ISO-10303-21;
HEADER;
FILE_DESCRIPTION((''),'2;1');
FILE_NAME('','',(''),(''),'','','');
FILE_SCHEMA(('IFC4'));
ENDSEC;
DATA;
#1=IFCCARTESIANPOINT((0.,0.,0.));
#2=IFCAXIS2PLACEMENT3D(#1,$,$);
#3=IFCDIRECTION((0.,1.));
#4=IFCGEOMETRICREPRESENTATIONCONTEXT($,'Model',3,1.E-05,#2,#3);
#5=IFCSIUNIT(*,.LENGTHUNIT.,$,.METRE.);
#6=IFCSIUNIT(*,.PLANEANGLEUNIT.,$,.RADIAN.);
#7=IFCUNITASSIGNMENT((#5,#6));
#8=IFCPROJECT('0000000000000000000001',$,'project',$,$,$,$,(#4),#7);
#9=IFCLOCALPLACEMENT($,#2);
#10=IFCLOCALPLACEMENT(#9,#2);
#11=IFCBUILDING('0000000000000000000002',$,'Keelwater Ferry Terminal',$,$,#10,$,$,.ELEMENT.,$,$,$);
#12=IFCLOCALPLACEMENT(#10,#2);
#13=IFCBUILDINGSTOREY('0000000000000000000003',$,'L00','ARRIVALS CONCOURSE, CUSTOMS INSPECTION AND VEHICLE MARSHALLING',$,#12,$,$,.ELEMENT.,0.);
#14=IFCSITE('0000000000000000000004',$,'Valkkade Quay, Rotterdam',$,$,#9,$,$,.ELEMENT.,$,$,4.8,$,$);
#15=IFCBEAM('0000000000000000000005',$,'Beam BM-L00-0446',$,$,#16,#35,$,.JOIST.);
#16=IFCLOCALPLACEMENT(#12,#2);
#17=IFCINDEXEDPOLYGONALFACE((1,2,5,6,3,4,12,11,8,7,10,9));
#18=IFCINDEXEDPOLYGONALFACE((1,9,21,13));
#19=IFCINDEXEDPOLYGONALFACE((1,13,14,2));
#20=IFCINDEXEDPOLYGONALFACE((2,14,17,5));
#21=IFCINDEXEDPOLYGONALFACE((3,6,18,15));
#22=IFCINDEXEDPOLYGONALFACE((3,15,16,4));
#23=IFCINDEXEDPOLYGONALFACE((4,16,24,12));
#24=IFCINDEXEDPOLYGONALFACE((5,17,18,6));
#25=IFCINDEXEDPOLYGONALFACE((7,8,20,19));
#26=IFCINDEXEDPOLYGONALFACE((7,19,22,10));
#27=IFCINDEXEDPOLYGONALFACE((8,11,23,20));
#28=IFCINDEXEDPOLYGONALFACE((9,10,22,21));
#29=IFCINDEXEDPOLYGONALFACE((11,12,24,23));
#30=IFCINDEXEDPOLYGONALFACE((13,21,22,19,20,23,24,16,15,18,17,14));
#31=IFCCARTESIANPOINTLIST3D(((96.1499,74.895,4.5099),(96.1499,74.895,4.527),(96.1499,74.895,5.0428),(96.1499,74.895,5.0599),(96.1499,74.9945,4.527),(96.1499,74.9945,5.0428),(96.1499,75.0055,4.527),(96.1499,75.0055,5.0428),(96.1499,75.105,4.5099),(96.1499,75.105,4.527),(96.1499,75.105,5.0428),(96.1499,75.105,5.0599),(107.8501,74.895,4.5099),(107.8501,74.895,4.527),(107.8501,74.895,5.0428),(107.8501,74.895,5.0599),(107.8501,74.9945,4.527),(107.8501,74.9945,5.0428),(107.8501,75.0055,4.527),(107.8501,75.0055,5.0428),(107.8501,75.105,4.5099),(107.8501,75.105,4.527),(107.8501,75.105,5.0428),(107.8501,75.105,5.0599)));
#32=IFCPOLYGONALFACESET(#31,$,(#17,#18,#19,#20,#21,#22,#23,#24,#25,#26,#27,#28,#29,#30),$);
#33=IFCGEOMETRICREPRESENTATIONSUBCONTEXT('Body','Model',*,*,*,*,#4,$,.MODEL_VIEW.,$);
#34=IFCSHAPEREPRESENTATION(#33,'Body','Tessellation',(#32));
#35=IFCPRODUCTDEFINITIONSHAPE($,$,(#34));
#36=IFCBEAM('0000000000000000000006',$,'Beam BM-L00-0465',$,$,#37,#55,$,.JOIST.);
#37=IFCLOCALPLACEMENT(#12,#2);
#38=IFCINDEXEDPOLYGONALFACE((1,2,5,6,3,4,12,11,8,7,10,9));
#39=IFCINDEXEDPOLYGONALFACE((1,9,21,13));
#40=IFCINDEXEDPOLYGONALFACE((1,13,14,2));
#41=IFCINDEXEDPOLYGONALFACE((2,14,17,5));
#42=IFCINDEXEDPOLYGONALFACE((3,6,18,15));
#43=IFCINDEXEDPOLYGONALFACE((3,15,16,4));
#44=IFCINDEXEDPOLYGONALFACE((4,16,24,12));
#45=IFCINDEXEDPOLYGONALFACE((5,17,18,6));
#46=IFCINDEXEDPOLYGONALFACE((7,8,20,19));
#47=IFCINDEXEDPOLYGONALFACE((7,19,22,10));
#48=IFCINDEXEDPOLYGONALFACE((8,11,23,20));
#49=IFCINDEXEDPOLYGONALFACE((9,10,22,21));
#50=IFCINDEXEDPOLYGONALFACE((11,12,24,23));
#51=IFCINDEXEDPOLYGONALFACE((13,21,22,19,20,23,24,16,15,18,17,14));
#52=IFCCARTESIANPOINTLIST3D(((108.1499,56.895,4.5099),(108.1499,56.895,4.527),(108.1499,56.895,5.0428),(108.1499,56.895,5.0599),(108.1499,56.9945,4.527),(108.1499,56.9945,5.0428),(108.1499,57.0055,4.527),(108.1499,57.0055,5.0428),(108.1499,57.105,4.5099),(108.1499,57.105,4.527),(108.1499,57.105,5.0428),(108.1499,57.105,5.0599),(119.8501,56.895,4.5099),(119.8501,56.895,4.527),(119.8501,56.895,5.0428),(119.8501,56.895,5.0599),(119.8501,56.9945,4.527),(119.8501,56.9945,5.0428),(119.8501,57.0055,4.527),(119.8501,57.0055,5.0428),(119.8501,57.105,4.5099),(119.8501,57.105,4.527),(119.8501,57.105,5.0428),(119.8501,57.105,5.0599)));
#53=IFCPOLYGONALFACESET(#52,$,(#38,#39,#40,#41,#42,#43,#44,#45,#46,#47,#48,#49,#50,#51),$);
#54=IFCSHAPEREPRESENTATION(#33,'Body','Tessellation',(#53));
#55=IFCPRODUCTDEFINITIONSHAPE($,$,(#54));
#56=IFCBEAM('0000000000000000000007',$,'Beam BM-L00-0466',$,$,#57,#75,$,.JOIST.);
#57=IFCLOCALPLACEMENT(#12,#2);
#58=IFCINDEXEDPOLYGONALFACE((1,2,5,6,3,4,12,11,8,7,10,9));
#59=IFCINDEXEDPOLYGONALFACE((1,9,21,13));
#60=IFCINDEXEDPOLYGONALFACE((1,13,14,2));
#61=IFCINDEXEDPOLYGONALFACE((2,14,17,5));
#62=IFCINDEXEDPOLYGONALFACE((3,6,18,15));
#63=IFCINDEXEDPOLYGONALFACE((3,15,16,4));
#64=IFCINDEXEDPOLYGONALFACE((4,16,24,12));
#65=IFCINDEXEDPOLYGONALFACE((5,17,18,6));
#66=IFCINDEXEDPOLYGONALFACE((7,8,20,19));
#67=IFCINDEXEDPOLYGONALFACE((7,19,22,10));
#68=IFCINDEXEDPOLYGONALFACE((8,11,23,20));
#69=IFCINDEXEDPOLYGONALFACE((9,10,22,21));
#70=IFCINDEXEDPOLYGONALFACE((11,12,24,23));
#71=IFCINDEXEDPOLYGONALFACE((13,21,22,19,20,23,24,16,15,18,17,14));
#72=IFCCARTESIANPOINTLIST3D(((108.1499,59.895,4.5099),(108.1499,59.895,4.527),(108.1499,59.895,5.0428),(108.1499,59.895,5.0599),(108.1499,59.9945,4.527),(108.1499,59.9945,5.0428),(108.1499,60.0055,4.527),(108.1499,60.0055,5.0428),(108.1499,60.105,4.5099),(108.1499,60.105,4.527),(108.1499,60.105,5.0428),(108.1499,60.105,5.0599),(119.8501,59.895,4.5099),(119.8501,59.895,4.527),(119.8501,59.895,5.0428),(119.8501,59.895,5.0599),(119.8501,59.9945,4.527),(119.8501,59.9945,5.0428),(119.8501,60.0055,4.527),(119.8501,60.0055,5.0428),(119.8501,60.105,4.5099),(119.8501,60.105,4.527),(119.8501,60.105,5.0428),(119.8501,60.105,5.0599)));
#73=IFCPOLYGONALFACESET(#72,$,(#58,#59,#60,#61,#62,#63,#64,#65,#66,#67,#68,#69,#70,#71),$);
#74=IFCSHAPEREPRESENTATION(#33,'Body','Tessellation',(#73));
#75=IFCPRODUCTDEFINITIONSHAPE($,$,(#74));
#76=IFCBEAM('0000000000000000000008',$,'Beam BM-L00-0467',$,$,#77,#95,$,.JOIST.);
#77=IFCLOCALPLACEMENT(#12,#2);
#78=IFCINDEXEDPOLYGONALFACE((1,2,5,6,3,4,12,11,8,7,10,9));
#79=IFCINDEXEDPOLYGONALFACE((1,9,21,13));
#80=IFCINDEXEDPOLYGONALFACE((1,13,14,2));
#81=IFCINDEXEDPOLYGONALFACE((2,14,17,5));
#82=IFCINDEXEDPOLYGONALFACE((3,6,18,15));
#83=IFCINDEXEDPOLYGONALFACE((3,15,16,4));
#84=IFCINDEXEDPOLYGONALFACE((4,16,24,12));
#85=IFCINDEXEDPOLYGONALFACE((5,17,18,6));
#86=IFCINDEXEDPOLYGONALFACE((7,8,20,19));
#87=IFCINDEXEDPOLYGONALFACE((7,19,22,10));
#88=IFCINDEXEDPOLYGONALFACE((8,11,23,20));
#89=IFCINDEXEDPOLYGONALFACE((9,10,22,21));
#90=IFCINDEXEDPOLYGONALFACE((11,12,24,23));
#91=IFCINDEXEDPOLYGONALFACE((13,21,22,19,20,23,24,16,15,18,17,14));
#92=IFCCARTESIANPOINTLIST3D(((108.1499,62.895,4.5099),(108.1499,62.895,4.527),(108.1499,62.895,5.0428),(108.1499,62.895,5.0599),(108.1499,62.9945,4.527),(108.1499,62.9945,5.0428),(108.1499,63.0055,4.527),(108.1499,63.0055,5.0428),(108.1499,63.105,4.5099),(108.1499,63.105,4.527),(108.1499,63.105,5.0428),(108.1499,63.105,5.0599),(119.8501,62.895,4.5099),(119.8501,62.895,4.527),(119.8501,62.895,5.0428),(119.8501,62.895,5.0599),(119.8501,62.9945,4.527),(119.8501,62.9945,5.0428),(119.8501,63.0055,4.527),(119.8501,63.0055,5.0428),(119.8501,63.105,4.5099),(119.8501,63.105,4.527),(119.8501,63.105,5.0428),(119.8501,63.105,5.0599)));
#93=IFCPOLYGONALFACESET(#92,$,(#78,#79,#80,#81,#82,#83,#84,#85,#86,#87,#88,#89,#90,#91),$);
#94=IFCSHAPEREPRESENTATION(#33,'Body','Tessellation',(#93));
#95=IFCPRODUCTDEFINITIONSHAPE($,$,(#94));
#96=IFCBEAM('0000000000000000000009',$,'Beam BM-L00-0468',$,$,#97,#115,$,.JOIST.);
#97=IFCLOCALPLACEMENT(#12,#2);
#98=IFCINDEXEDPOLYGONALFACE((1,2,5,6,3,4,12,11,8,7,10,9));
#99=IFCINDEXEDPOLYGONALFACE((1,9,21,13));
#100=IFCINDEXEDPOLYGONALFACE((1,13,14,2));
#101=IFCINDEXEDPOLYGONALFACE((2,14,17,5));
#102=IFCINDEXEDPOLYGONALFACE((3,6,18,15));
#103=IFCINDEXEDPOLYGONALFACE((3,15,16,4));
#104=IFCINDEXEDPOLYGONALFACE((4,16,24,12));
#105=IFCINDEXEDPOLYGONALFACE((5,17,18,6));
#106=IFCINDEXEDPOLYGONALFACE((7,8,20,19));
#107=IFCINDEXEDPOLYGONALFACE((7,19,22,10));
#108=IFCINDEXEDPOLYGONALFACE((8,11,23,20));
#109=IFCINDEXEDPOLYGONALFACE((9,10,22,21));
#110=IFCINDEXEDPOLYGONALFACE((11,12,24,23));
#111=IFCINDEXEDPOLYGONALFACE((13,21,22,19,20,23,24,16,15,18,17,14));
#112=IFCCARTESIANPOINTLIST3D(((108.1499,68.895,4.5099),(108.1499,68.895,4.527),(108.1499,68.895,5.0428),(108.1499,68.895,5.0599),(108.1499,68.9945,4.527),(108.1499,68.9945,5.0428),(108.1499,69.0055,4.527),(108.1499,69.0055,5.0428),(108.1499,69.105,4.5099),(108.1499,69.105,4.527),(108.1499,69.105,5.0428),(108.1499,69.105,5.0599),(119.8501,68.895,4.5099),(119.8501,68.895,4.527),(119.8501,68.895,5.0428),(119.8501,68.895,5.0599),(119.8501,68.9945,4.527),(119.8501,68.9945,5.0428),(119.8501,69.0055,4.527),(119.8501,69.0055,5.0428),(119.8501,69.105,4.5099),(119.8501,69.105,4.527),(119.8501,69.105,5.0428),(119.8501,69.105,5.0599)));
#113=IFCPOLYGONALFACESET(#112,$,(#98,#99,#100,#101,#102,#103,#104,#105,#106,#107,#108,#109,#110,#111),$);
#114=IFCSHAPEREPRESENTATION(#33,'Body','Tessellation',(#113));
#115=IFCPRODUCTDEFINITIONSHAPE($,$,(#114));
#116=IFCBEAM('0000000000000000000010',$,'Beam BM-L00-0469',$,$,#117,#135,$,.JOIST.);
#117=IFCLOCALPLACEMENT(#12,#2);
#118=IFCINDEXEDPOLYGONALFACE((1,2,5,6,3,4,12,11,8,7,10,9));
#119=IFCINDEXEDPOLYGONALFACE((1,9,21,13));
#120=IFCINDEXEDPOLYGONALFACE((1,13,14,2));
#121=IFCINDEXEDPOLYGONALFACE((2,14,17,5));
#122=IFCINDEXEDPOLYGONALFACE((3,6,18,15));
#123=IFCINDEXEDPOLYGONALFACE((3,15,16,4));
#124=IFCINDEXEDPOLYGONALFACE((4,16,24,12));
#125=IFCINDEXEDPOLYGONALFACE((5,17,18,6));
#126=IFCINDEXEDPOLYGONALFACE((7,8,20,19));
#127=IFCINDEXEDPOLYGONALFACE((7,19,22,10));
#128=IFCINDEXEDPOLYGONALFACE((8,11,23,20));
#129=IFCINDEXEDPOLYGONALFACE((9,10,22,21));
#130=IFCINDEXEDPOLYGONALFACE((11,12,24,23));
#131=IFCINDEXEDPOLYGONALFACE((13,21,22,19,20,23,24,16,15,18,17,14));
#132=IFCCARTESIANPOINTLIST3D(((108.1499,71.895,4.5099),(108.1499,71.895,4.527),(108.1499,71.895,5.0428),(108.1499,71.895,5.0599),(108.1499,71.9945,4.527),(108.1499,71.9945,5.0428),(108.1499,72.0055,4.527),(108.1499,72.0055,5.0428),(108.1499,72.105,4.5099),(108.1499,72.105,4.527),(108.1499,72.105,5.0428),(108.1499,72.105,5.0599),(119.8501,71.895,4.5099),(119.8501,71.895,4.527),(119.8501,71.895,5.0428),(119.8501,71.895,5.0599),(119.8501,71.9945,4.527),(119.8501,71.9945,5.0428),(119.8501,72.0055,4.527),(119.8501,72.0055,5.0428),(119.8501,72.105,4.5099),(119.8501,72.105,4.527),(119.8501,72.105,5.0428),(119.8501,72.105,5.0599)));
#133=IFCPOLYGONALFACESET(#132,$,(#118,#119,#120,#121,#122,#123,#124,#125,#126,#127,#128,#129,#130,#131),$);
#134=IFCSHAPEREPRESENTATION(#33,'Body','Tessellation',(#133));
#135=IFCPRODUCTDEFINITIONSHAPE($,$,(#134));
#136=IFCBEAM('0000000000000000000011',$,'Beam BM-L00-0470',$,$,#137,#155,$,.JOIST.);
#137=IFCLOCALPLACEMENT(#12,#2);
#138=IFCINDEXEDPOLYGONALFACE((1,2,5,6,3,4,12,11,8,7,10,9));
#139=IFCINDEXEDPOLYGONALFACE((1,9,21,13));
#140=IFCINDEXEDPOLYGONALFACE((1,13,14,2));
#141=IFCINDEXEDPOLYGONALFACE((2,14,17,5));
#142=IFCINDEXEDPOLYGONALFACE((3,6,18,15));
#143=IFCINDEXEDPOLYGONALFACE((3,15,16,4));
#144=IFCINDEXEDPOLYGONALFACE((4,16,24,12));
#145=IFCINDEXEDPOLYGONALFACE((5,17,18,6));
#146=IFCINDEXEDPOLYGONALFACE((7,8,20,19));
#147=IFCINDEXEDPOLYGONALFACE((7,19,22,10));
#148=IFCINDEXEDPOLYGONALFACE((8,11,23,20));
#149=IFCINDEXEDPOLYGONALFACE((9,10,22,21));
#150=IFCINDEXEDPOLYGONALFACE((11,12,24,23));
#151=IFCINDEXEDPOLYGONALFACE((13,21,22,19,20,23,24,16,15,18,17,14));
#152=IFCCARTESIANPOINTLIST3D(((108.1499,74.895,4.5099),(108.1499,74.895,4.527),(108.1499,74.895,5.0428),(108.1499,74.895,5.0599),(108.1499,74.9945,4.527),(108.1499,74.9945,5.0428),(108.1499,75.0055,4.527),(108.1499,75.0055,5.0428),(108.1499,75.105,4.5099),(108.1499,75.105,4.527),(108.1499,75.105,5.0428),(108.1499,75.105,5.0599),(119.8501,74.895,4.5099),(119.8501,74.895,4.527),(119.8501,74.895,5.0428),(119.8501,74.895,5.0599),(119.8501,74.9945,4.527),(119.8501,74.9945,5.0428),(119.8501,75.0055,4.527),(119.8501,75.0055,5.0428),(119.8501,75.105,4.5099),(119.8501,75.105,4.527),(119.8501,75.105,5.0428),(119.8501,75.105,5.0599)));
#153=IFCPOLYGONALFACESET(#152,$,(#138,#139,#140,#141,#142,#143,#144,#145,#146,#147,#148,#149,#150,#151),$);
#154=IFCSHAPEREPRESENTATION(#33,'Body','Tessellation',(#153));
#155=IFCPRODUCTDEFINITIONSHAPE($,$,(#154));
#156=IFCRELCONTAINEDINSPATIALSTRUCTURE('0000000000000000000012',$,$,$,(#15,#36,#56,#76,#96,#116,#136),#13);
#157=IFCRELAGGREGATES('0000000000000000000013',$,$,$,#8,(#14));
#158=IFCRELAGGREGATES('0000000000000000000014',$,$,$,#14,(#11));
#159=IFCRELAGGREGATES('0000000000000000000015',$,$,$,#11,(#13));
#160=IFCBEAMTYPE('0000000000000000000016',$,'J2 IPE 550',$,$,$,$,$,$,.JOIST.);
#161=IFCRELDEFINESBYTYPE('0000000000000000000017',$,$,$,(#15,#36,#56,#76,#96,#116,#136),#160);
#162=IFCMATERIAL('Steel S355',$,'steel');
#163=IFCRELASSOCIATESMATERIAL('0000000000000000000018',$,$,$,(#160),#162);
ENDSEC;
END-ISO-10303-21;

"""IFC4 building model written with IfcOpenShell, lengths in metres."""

from ifc_helpers import new_model, si_unit, direction, frame, origin, origin_2d, place, context, subcontext, project, spatial, i_section, extrude, material, material_profile, profile_set, type_object, element, save


model = new_model("IFC4")

# Units and contexts
model_context = context("Model", 3, precision=1e-05, world=origin(), true_north=direction((0.0, 1.0)))
body_context = subcontext(model_context, "Body", "Model", "MODEL_VIEW")
ifc_project = project(units=[si_unit("LENGTHUNIT", "METRE"), si_unit("PLANEANGLEUNIT", "RADIAN")], contexts=[model_context])

# Site, building, storey
site_placement = place(None, origin())
site = spatial("IfcSite", under=ifc_project, at=site_placement, Name="Valkkade Quay, Rotterdam", CompositionType="ELEMENT", RefElevation=4.8)
building_placement = place(site_placement, origin())
building = spatial("IfcBuilding", under=site, at=building_placement, Name="Keelwater Ferry Terminal", CompositionType="ELEMENT")
storey_placement = place(building_placement, origin())
storey = spatial("IfcBuildingStorey", under=building, at=storey_placement, Name="L00", Description="ARRIVALS CONCOURSE, CUSTOMS INSPECTION AND VEHICLE MARSHALLING", CompositionType="ELEMENT", Elevation=0.0)

# Beams
ifc_material_1 = material(Name="Steel S355", Category="steel")
ifc_material_profile_1 = material_profile(ifc_material_1, i_section(OverallWidth=0.21, OverallDepth=0.55, WebThickness=0.011, FlangeThickness=0.0171, at=origin_2d()), Name="IPE 550")
ifc_profile_set_1 = profile_set([ifc_material_profile_1], Name="Steel S355")
beam_type_1 = type_object("IfcBeamType", Name="J2 IPE 550", PredefinedType="JOIST", material=ifc_profile_set_1)
for number, where, z_axis, x_axis, name in (
    (1, (96.1499, 75.0, 4.7849), (1.0, 0.0, 0.0), (0.0, 1.0, 0.0), "Beam BM-L00-0446"),
    (2, (108.1499, 57.0, 4.7849), (1.0, 0.0, 0.0), (0.0, 1.0, 0.0), "Beam BM-L00-0465"),
    (3, (108.1499, 60.0, 4.7849), (1.0, 0.0, 0.0), (0.0, 1.0, 0.0), "Beam BM-L00-0466"),
    (4, (108.1499, 63.0, 4.7849), (1.0, 0.0, 0.0), (0.0, 1.0, 0.0), "Beam BM-L00-0467"),
    (5, (108.1499, 69.0, 4.7849), (1.0, 0.0, 0.0), (0.0, 1.0, 0.0), "Beam BM-L00-0468"),
    (6, (108.1499, 72.0, 4.7849), (1.0, 0.0, 0.0), (0.0, 1.0, 0.0), "Beam BM-L00-0469"),
    (7, (108.1499, 75.0, 4.7849), (1.0, 0.0, 0.0), (0.0, 1.0, 0.0), "Beam BM-L00-0470"),
):
    element("IfcBeam", number, at=place(storey_placement, frame(where, z_axis=z_axis, x_axis=x_axis)), inside=storey, type_object=beam_type_1, Name=name, PredefinedType="JOIST", context=body_context, shape_type="SweptSolid", body=[
        extrude(i_section(OverallWidth=0.21, OverallDepth=0.55, WebThickness=0.011, FlangeThickness=0.0171, at=origin_2d()), origin(), (0.0, 0.0, 1.0), 11.7002),
    ])

save(model, "model.ifc")
